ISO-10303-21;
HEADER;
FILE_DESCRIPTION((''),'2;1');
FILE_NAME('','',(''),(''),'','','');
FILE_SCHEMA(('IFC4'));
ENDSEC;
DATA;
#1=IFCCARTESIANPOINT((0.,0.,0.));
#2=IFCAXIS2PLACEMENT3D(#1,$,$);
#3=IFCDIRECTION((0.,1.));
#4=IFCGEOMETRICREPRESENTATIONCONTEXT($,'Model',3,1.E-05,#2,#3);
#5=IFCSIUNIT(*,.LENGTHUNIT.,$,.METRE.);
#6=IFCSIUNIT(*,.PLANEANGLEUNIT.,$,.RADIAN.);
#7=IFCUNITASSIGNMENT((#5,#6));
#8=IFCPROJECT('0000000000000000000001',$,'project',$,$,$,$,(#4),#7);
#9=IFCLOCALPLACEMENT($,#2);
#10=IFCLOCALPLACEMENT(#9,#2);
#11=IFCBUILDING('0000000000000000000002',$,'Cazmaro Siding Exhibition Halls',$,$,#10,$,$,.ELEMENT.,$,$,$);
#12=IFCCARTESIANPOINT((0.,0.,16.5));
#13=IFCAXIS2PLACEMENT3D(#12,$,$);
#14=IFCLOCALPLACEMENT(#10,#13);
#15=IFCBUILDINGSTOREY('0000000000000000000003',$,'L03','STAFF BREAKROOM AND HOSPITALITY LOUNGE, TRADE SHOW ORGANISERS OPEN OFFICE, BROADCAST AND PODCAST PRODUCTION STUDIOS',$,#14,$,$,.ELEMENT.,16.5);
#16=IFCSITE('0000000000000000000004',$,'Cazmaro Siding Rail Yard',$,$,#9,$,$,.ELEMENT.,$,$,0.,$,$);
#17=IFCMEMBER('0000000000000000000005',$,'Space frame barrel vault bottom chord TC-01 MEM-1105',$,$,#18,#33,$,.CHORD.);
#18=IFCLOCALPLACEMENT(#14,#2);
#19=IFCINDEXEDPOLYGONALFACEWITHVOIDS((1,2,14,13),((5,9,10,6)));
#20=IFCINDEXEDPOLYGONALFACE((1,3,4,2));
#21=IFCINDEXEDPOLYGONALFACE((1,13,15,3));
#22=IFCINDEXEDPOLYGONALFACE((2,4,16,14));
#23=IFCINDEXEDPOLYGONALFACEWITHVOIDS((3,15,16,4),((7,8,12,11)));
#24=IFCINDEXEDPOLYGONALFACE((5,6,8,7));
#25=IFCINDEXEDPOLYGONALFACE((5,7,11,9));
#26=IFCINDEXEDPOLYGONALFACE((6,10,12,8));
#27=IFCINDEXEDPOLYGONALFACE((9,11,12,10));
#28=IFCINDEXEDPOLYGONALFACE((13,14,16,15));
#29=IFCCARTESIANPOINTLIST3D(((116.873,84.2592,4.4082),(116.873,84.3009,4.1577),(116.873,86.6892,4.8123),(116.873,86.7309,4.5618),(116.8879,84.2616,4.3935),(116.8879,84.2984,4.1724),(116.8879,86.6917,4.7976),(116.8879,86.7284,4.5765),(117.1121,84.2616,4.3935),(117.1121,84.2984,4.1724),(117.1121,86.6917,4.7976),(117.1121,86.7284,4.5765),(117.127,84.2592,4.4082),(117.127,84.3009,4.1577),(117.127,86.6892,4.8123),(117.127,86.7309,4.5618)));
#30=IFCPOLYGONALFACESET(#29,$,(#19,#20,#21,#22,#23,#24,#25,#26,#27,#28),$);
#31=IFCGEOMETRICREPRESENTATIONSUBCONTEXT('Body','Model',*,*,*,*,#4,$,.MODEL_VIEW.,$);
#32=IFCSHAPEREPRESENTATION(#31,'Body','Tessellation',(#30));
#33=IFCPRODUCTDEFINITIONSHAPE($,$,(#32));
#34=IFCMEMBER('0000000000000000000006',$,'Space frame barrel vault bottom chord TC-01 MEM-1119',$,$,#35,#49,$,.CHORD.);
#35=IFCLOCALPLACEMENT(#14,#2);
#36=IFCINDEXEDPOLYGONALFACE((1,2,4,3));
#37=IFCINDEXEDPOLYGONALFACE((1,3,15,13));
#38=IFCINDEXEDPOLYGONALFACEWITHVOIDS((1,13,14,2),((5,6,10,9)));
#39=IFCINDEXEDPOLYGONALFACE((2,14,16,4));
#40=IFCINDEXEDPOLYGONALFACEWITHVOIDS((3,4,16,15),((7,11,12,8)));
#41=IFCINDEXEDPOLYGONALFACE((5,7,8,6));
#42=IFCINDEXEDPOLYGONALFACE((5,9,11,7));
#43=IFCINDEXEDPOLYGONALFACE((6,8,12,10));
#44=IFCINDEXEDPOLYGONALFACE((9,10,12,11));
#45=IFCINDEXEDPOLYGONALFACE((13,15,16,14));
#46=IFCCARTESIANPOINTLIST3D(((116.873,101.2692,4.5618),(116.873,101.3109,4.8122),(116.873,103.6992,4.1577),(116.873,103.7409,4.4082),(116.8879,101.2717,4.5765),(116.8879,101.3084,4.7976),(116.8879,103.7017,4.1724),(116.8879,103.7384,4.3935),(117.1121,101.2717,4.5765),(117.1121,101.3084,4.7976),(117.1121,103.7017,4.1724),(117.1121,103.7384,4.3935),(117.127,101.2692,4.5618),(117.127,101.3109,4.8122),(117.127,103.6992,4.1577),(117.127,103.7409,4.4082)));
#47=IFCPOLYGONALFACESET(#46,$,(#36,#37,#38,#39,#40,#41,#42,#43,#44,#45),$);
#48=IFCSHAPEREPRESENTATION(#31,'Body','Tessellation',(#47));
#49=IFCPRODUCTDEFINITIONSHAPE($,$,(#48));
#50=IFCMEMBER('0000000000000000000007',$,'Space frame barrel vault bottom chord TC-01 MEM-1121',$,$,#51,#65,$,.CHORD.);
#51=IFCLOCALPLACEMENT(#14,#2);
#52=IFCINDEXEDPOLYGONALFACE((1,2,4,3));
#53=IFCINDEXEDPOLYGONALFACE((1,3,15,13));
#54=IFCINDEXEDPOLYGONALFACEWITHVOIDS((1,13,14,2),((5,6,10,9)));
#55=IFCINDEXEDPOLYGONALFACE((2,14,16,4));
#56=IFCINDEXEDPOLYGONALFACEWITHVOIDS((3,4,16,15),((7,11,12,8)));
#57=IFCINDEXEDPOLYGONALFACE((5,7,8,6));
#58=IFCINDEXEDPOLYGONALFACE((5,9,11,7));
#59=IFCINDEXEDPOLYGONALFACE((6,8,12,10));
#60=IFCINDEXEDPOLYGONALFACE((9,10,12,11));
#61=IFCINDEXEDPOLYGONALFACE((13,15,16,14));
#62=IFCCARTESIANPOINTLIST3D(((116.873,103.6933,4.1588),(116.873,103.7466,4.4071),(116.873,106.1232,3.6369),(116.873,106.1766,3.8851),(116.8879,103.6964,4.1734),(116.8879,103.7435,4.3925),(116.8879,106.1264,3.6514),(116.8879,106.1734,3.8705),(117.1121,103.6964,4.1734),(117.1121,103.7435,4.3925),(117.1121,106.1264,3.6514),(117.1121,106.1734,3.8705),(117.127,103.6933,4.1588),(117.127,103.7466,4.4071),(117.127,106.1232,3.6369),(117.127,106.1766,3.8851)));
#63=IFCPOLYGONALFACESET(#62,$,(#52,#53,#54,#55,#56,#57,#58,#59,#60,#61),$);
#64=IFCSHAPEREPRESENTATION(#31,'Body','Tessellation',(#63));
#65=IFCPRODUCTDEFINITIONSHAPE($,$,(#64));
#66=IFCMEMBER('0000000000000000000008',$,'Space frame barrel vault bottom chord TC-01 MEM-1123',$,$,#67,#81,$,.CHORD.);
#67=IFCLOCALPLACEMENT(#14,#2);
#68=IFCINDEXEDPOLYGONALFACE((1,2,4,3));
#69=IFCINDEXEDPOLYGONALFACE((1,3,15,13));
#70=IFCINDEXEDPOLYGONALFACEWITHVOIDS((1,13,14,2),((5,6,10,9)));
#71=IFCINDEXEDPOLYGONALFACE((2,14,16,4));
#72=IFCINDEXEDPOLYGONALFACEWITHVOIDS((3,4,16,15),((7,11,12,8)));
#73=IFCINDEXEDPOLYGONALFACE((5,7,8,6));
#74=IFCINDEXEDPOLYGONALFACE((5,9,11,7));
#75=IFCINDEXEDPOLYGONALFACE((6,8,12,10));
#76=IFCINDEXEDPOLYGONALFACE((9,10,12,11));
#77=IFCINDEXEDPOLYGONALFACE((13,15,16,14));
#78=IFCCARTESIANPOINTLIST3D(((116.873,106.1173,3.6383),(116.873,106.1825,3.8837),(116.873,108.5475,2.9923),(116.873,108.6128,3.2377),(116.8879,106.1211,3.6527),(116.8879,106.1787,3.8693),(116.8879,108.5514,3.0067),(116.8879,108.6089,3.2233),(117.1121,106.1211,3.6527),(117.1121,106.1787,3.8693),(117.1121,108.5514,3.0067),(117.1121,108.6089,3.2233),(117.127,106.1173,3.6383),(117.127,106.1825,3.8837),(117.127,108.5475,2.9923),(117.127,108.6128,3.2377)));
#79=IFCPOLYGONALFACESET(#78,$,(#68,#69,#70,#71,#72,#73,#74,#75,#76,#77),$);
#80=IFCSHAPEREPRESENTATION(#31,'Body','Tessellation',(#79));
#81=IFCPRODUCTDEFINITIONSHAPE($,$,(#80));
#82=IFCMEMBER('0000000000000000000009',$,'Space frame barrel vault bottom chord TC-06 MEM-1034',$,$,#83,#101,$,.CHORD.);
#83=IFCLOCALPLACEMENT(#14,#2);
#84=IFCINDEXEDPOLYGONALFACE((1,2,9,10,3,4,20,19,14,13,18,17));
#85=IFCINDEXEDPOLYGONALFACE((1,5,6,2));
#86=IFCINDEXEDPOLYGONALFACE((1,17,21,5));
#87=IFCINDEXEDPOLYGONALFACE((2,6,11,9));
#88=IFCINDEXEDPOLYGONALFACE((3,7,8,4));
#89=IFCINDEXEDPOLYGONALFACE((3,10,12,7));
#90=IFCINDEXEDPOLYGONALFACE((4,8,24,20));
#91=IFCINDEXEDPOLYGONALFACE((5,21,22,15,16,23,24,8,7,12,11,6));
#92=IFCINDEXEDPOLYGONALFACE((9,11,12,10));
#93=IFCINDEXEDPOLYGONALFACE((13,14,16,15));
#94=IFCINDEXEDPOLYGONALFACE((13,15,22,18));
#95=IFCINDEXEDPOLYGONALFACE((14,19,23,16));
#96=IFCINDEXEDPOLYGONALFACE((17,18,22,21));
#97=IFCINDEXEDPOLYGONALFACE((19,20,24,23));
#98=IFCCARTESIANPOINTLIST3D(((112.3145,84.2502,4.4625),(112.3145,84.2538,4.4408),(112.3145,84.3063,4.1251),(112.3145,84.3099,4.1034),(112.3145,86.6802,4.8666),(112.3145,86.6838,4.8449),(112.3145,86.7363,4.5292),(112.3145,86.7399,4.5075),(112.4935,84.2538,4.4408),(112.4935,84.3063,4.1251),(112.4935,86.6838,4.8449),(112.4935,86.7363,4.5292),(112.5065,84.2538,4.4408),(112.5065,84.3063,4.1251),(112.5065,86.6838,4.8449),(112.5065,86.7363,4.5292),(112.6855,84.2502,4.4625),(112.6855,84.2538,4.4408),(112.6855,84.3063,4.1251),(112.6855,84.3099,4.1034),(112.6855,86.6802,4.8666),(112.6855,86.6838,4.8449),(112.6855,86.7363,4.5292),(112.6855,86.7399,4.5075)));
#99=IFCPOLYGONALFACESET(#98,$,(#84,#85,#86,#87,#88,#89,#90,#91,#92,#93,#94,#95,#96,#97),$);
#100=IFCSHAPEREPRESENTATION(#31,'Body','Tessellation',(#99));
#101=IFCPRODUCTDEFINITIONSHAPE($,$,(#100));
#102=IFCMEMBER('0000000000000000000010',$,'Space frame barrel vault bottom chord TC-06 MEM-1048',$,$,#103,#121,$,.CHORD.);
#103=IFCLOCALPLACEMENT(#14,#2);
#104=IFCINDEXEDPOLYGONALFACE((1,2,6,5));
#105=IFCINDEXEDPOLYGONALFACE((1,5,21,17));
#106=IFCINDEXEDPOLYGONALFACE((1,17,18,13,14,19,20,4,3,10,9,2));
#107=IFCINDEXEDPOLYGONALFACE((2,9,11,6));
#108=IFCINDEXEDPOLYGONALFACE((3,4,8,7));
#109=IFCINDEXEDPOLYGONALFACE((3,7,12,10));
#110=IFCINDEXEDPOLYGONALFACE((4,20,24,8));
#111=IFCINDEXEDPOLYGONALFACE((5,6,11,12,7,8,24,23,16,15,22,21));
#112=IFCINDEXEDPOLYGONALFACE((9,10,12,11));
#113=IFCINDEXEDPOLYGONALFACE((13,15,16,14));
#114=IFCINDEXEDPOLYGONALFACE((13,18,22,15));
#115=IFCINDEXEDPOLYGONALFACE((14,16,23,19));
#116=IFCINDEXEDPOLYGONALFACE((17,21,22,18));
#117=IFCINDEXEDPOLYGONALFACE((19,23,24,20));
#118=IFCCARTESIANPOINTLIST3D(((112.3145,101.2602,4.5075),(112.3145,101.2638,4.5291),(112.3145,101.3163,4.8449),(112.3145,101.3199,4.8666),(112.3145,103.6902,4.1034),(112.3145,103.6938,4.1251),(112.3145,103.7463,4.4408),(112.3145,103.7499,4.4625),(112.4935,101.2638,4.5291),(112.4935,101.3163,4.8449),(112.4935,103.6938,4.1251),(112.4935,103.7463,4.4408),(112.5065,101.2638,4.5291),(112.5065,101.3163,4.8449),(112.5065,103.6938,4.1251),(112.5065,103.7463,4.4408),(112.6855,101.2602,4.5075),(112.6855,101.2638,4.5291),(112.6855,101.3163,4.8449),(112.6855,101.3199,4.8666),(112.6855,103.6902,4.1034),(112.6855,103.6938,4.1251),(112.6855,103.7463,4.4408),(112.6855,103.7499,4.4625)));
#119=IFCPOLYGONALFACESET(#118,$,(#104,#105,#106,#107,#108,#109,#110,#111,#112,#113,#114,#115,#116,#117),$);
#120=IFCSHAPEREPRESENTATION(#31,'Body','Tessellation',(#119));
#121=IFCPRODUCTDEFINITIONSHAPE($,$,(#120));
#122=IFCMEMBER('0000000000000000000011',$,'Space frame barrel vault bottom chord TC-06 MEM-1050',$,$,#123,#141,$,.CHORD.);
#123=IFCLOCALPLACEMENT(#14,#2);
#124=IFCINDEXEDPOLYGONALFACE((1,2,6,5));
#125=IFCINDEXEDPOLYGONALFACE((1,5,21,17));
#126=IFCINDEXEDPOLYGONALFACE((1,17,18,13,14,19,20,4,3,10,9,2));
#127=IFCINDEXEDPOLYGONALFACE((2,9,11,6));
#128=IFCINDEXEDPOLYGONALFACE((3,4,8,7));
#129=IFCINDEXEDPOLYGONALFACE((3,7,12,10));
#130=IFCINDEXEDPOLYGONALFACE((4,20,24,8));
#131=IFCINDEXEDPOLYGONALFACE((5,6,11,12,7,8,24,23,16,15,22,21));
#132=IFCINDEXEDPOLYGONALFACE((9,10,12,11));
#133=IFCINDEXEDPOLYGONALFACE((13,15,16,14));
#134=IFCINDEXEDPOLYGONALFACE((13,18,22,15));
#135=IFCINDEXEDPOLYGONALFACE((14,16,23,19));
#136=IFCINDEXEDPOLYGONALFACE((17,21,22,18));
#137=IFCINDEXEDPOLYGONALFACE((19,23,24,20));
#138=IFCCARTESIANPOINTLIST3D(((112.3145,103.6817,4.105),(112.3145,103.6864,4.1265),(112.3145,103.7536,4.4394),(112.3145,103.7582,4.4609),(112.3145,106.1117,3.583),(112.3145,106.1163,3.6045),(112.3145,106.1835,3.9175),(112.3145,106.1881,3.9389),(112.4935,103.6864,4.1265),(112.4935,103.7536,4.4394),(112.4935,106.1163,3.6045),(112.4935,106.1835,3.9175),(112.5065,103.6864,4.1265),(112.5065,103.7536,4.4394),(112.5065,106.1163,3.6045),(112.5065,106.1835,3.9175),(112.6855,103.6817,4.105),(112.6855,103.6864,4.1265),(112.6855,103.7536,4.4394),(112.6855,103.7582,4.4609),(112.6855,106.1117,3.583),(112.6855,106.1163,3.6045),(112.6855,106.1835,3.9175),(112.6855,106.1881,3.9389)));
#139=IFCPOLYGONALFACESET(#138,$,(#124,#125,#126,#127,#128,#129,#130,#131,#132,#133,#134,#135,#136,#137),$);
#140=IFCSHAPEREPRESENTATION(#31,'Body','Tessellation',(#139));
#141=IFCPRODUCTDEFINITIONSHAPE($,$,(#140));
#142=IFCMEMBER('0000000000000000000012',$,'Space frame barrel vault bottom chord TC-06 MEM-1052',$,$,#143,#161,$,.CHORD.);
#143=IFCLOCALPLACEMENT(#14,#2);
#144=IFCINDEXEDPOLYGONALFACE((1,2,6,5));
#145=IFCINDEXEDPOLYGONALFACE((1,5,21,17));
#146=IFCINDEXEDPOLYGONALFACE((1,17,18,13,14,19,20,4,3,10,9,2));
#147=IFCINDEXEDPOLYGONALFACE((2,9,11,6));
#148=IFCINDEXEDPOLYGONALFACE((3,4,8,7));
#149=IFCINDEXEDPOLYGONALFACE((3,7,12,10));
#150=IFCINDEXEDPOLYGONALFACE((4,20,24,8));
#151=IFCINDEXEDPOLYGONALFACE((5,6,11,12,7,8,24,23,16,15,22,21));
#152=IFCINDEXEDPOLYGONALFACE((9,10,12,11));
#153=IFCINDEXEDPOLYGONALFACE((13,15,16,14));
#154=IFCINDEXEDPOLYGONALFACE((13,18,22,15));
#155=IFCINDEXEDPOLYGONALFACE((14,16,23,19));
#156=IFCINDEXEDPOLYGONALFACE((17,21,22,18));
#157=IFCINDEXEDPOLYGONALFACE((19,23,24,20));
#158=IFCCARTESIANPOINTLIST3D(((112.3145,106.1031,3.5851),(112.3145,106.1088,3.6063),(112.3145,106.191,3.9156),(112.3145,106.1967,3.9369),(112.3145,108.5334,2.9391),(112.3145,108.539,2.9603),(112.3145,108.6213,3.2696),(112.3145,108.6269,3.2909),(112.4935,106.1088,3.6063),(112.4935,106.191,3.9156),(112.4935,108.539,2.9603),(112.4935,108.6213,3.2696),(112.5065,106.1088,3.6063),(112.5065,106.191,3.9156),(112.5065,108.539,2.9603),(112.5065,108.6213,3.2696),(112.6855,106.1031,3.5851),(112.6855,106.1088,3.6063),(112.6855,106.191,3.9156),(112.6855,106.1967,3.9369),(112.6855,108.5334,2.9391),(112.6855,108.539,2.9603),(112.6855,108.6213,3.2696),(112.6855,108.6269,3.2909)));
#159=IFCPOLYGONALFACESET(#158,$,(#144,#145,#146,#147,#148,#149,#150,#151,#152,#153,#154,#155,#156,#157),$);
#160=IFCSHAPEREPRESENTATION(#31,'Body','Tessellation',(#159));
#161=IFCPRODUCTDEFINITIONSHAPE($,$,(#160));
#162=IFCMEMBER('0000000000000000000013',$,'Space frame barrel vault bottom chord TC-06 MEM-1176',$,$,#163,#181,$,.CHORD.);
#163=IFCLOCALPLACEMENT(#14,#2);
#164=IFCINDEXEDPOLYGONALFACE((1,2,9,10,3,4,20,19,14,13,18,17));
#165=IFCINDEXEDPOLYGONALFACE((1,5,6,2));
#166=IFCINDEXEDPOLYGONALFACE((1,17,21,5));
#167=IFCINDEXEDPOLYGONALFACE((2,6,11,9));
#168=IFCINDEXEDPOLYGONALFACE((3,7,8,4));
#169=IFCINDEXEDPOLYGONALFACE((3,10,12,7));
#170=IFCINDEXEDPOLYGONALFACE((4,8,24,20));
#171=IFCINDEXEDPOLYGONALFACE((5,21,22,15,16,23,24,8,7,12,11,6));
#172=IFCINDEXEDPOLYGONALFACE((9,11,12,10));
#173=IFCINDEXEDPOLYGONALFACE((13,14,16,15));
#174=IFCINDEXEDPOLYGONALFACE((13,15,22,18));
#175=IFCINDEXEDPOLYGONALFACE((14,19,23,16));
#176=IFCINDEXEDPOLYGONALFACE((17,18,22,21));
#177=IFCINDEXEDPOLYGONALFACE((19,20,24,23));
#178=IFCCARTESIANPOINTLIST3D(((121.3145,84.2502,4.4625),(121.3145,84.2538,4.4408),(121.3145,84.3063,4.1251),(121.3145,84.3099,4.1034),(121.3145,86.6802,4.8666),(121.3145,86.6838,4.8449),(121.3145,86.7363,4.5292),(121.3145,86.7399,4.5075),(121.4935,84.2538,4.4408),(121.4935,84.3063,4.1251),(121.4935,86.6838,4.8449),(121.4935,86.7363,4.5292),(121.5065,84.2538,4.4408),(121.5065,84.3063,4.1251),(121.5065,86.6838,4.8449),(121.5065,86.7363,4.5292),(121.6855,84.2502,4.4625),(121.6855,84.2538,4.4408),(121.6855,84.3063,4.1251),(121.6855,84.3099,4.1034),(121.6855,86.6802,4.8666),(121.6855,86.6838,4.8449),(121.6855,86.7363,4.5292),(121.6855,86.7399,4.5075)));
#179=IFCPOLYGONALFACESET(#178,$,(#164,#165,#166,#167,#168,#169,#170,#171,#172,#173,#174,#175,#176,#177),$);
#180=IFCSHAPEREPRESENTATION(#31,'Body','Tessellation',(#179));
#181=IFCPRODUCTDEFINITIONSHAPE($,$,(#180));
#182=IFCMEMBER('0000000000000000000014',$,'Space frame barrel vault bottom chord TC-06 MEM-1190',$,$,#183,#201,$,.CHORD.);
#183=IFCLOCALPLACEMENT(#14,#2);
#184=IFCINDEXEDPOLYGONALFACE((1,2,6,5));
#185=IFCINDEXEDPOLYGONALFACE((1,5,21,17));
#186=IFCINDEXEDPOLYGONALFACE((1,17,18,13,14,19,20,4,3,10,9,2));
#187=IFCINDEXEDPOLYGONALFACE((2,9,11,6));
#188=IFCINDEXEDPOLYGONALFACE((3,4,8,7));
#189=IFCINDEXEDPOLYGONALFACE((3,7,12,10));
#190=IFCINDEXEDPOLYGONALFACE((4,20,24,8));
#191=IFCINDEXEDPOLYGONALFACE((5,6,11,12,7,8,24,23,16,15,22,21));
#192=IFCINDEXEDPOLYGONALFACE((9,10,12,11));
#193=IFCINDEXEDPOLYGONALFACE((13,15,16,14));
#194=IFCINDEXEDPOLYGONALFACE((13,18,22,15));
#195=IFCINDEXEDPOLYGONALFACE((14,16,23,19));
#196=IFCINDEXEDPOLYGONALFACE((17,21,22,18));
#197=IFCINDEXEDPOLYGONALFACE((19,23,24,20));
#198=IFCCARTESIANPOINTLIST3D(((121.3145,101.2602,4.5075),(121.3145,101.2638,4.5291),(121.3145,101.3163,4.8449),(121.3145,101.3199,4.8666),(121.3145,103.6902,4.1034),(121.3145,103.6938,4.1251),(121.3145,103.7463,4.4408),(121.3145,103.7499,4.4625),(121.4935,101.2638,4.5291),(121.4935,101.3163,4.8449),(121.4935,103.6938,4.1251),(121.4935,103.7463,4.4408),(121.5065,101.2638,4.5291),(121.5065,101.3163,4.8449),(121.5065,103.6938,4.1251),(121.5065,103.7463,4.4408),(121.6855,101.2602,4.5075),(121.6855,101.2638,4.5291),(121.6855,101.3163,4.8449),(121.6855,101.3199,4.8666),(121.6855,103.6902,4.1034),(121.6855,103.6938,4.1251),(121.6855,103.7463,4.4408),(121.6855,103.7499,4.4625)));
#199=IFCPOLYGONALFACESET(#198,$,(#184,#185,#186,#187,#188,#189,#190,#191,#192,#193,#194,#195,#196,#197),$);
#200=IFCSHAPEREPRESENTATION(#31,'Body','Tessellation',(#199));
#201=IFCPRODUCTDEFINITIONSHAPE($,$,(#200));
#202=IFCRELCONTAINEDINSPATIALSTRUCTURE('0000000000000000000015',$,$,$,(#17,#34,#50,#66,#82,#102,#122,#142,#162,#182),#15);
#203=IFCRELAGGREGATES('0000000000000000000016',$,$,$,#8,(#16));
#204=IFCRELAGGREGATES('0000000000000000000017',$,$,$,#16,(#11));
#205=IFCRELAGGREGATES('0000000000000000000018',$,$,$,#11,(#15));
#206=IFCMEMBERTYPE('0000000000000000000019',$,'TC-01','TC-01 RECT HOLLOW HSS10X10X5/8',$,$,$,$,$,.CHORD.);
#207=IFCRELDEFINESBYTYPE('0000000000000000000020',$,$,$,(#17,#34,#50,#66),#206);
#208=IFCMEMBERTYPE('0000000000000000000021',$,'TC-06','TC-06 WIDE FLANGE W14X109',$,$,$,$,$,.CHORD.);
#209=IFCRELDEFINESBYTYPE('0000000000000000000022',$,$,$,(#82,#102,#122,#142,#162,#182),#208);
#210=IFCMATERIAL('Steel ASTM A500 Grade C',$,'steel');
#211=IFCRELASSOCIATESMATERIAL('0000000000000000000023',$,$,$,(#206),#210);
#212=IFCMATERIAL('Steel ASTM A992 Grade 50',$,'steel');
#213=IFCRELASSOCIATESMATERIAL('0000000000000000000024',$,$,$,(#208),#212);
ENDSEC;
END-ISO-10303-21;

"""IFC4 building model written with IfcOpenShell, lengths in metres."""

from ifc_helpers import new_model, si_unit, direction, frame, origin, origin_2d, place, context, subcontext, project, spatial, hollow_rectangle, i_section, extrude, material, material_profile, profile_set, type_object, element, save


model = new_model("IFC4")

# Units and contexts
model_context = context("Model", 3, precision=1e-05, world=origin(), true_north=direction((0.0, 1.0)))
body_context = subcontext(model_context, "Body", "Model", "MODEL_VIEW")
ifc_project = project(units=[si_unit("LENGTHUNIT", "METRE"), si_unit("PLANEANGLEUNIT", "RADIAN")], contexts=[model_context])

# Site, building, storey
site_placement = place(None, origin())
site = spatial("IfcSite", under=ifc_project, at=site_placement, Name="Cazmaro Siding Rail Yard", CompositionType="ELEMENT", RefElevation=0.0)
building_placement = place(site_placement, origin())
building = spatial("IfcBuilding", under=site, at=building_placement, Name="Cazmaro Siding Exhibition Halls", CompositionType="ELEMENT")
storey_placement = place(building_placement, frame((0.0, 0.0, 16.5)))
storey = spatial("IfcBuildingStorey", under=building, at=storey_placement, Name="L03", Description="STAFF BREAKROOM AND HOSPITALITY LOUNGE, TRADE SHOW ORGANISERS OPEN OFFICE, BROADCAST AND PODCAST PRODUCTION STUDIOS", CompositionType="ELEMENT", Elevation=16.5)

# Members
ifc_material_1 = material(Name="Steel ASTM A500 Grade C", Category="steel")
ifc_material_profile_1 = material_profile(ifc_material_1, hollow_rectangle(XDim=0.2539, YDim=0.2539, WallThickness=0.0149, at=origin_2d()), Name="HSS10X10X5/8")
ifc_profile_set_1 = profile_set([ifc_material_profile_1], Name="Steel ASTM A500 Grade C")
member_type_1 = type_object("IfcMemberType", Name="TC-01", Description="TC-01 RECT HOLLOW HSS10X10X5/8", PredefinedType="CHORD", material=ifc_profile_set_1)
for number, where, z_axis, x_axis, name in (
    (1, (117.0, 84.28, 4.283), (0.0, 0.986455, 0.164029), (-1.0, 0.0, 0.0), "Space frame barrel vault bottom chord TC-01 MEM-1105"),
    (2, (117.0, 101.29, 4.687), (0.0, 0.986455, -0.164029), (-1.0, 0.0, 0.0), "Space frame barrel vault bottom chord TC-01 MEM-1119"),
):
    element("IfcMember", number, at=place(storey_placement, frame(where, z_axis=z_axis, x_axis=x_axis)), inside=storey, type_object=member_type_1, Name=name, PredefinedType="CHORD", context=body_context, shape_type="SweptSolid", body=[
        extrude(hollow_rectangle(XDim=0.2539, YDim=0.2539, WallThickness=0.0149, at=origin_2d()), origin(), (0.0, 0.0, 1.0), 2.4634),
    ])
member_1_placement = place(storey_placement, frame((117.0, 103.72, 4.283), z_axis=(0.0, 0.977697, -0.210019), x_axis=(-1.0, 0.0, 0.0)))
element("IfcMember", 3, at=member_1_placement, inside=storey, type_object=member_type_1, Name="Space frame barrel vault bottom chord TC-01 MEM-1121", PredefinedType="CHORD", context=body_context, shape_type="SweptSolid", body=[
    extrude(hollow_rectangle(XDim=0.2539, YDim=0.2539, WallThickness=0.0149, at=origin_2d()), origin(), (0.0, 0.0, 1.0), 2.4854),
])
member_2_placement = place(storey_placement, frame((117.0, 106.1499, 3.761), z_axis=(0.0, 0.966438, -0.256901), x_axis=(-1.0, 0.0, 0.0)))
element("IfcMember", 4, at=member_2_placement, inside=storey, type_object=member_type_1, Name="Space frame barrel vault bottom chord TC-01 MEM-1123", PredefinedType="CHORD", context=body_context, shape_type="SweptSolid", body=[
    extrude(hollow_rectangle(XDim=0.2539, YDim=0.2539, WallThickness=0.0149, at=origin_2d()), origin(), (0.0, 0.0, 1.0), 2.5146),
])
ifc_material_2 = material(Name="Steel ASTM A992 Grade 50", Category="steel")
ifc_material_profile_2 = material_profile(ifc_material_2, i_section(OverallWidth=0.3711, OverallDepth=0.364, WebThickness=0.0129, FlangeThickness=0.022, at=origin_2d()), Name="W14X109")
ifc_profile_set_2 = profile_set([ifc_material_profile_2], Name="Steel ASTM A992 Grade 50")
member_type_2 = type_object("IfcMemberType", Name="TC-06", Description="TC-06 WIDE FLANGE W14X109", PredefinedType="CHORD", material=ifc_profile_set_2)
for number, where, z_axis, x_axis, name in (
    (5, (112.5, 84.28, 4.283), (0.0, 0.986455, 0.164029), (-1.0, 0.0, 0.0), "Space frame barrel vault bottom chord TC-06 MEM-1034"),
    (6, (112.5, 101.29, 4.687), (0.0, 0.986455, -0.164029), (-1.0, 0.0, 0.0), "Space frame barrel vault bottom chord TC-06 MEM-1048"),
):
    element("IfcMember", number, at=place(storey_placement, frame(where, z_axis=z_axis, x_axis=x_axis)), inside=storey, type_object=member_type_2, Name=name, PredefinedType="CHORD", context=body_context, shape_type="SweptSolid", body=[
        extrude(i_section(OverallWidth=0.3711, OverallDepth=0.364, WebThickness=0.0129, FlangeThickness=0.022, at=origin_2d()), origin(), (0.0, 0.0, 1.0), 2.4634),
    ])
member_3_placement = place(storey_placement, frame((112.5, 103.72, 4.283), z_axis=(0.0, 0.977697, -0.210019), x_axis=(-1.0, 0.0, 0.0)))
element("IfcMember", 7, at=member_3_placement, inside=storey, type_object=member_type_2, Name="Space frame barrel vault bottom chord TC-06 MEM-1050", PredefinedType="CHORD", context=body_context, shape_type="SweptSolid", body=[
    extrude(i_section(OverallWidth=0.3711, OverallDepth=0.364, WebThickness=0.0129, FlangeThickness=0.022, at=origin_2d()), origin(), (0.0, 0.0, 1.0), 2.4854),
])
member_4_placement = place(storey_placement, frame((112.5, 106.1499, 3.761), z_axis=(0.0, 0.966438, -0.256901), x_axis=(-1.0, 0.0, 0.0)))
element("IfcMember", 8, at=member_4_placement, inside=storey, type_object=member_type_2, Name="Space frame barrel vault bottom chord TC-06 MEM-1052", PredefinedType="CHORD", context=body_context, shape_type="SweptSolid", body=[
    extrude(i_section(OverallWidth=0.3711, OverallDepth=0.364, WebThickness=0.0129, FlangeThickness=0.022, at=origin_2d()), origin(), (0.0, 0.0, 1.0), 2.5146),
])
for number, where, z_axis, x_axis, name in (
    (9, (121.5, 84.28, 4.283), (0.0, 0.986455, 0.164029), (-1.0, 0.0, 0.0), "Space frame barrel vault bottom chord TC-06 MEM-1176"),
    (10, (121.5, 101.29, 4.687), (0.0, 0.986455, -0.164029), (-1.0, 0.0, 0.0), "Space frame barrel vault bottom chord TC-06 MEM-1190"),
):
    element("IfcMember", number, at=place(storey_placement, frame(where, z_axis=z_axis, x_axis=x_axis)), inside=storey, type_object=member_type_2, Name=name, PredefinedType="CHORD", context=body_context, shape_type="SweptSolid", body=[
        extrude(i_section(OverallWidth=0.3711, OverallDepth=0.364, WebThickness=0.0129, FlangeThickness=0.022, at=origin_2d()), origin(), (0.0, 0.0, 1.0), 2.4634),
    ])

save(model, "model.ifc")
